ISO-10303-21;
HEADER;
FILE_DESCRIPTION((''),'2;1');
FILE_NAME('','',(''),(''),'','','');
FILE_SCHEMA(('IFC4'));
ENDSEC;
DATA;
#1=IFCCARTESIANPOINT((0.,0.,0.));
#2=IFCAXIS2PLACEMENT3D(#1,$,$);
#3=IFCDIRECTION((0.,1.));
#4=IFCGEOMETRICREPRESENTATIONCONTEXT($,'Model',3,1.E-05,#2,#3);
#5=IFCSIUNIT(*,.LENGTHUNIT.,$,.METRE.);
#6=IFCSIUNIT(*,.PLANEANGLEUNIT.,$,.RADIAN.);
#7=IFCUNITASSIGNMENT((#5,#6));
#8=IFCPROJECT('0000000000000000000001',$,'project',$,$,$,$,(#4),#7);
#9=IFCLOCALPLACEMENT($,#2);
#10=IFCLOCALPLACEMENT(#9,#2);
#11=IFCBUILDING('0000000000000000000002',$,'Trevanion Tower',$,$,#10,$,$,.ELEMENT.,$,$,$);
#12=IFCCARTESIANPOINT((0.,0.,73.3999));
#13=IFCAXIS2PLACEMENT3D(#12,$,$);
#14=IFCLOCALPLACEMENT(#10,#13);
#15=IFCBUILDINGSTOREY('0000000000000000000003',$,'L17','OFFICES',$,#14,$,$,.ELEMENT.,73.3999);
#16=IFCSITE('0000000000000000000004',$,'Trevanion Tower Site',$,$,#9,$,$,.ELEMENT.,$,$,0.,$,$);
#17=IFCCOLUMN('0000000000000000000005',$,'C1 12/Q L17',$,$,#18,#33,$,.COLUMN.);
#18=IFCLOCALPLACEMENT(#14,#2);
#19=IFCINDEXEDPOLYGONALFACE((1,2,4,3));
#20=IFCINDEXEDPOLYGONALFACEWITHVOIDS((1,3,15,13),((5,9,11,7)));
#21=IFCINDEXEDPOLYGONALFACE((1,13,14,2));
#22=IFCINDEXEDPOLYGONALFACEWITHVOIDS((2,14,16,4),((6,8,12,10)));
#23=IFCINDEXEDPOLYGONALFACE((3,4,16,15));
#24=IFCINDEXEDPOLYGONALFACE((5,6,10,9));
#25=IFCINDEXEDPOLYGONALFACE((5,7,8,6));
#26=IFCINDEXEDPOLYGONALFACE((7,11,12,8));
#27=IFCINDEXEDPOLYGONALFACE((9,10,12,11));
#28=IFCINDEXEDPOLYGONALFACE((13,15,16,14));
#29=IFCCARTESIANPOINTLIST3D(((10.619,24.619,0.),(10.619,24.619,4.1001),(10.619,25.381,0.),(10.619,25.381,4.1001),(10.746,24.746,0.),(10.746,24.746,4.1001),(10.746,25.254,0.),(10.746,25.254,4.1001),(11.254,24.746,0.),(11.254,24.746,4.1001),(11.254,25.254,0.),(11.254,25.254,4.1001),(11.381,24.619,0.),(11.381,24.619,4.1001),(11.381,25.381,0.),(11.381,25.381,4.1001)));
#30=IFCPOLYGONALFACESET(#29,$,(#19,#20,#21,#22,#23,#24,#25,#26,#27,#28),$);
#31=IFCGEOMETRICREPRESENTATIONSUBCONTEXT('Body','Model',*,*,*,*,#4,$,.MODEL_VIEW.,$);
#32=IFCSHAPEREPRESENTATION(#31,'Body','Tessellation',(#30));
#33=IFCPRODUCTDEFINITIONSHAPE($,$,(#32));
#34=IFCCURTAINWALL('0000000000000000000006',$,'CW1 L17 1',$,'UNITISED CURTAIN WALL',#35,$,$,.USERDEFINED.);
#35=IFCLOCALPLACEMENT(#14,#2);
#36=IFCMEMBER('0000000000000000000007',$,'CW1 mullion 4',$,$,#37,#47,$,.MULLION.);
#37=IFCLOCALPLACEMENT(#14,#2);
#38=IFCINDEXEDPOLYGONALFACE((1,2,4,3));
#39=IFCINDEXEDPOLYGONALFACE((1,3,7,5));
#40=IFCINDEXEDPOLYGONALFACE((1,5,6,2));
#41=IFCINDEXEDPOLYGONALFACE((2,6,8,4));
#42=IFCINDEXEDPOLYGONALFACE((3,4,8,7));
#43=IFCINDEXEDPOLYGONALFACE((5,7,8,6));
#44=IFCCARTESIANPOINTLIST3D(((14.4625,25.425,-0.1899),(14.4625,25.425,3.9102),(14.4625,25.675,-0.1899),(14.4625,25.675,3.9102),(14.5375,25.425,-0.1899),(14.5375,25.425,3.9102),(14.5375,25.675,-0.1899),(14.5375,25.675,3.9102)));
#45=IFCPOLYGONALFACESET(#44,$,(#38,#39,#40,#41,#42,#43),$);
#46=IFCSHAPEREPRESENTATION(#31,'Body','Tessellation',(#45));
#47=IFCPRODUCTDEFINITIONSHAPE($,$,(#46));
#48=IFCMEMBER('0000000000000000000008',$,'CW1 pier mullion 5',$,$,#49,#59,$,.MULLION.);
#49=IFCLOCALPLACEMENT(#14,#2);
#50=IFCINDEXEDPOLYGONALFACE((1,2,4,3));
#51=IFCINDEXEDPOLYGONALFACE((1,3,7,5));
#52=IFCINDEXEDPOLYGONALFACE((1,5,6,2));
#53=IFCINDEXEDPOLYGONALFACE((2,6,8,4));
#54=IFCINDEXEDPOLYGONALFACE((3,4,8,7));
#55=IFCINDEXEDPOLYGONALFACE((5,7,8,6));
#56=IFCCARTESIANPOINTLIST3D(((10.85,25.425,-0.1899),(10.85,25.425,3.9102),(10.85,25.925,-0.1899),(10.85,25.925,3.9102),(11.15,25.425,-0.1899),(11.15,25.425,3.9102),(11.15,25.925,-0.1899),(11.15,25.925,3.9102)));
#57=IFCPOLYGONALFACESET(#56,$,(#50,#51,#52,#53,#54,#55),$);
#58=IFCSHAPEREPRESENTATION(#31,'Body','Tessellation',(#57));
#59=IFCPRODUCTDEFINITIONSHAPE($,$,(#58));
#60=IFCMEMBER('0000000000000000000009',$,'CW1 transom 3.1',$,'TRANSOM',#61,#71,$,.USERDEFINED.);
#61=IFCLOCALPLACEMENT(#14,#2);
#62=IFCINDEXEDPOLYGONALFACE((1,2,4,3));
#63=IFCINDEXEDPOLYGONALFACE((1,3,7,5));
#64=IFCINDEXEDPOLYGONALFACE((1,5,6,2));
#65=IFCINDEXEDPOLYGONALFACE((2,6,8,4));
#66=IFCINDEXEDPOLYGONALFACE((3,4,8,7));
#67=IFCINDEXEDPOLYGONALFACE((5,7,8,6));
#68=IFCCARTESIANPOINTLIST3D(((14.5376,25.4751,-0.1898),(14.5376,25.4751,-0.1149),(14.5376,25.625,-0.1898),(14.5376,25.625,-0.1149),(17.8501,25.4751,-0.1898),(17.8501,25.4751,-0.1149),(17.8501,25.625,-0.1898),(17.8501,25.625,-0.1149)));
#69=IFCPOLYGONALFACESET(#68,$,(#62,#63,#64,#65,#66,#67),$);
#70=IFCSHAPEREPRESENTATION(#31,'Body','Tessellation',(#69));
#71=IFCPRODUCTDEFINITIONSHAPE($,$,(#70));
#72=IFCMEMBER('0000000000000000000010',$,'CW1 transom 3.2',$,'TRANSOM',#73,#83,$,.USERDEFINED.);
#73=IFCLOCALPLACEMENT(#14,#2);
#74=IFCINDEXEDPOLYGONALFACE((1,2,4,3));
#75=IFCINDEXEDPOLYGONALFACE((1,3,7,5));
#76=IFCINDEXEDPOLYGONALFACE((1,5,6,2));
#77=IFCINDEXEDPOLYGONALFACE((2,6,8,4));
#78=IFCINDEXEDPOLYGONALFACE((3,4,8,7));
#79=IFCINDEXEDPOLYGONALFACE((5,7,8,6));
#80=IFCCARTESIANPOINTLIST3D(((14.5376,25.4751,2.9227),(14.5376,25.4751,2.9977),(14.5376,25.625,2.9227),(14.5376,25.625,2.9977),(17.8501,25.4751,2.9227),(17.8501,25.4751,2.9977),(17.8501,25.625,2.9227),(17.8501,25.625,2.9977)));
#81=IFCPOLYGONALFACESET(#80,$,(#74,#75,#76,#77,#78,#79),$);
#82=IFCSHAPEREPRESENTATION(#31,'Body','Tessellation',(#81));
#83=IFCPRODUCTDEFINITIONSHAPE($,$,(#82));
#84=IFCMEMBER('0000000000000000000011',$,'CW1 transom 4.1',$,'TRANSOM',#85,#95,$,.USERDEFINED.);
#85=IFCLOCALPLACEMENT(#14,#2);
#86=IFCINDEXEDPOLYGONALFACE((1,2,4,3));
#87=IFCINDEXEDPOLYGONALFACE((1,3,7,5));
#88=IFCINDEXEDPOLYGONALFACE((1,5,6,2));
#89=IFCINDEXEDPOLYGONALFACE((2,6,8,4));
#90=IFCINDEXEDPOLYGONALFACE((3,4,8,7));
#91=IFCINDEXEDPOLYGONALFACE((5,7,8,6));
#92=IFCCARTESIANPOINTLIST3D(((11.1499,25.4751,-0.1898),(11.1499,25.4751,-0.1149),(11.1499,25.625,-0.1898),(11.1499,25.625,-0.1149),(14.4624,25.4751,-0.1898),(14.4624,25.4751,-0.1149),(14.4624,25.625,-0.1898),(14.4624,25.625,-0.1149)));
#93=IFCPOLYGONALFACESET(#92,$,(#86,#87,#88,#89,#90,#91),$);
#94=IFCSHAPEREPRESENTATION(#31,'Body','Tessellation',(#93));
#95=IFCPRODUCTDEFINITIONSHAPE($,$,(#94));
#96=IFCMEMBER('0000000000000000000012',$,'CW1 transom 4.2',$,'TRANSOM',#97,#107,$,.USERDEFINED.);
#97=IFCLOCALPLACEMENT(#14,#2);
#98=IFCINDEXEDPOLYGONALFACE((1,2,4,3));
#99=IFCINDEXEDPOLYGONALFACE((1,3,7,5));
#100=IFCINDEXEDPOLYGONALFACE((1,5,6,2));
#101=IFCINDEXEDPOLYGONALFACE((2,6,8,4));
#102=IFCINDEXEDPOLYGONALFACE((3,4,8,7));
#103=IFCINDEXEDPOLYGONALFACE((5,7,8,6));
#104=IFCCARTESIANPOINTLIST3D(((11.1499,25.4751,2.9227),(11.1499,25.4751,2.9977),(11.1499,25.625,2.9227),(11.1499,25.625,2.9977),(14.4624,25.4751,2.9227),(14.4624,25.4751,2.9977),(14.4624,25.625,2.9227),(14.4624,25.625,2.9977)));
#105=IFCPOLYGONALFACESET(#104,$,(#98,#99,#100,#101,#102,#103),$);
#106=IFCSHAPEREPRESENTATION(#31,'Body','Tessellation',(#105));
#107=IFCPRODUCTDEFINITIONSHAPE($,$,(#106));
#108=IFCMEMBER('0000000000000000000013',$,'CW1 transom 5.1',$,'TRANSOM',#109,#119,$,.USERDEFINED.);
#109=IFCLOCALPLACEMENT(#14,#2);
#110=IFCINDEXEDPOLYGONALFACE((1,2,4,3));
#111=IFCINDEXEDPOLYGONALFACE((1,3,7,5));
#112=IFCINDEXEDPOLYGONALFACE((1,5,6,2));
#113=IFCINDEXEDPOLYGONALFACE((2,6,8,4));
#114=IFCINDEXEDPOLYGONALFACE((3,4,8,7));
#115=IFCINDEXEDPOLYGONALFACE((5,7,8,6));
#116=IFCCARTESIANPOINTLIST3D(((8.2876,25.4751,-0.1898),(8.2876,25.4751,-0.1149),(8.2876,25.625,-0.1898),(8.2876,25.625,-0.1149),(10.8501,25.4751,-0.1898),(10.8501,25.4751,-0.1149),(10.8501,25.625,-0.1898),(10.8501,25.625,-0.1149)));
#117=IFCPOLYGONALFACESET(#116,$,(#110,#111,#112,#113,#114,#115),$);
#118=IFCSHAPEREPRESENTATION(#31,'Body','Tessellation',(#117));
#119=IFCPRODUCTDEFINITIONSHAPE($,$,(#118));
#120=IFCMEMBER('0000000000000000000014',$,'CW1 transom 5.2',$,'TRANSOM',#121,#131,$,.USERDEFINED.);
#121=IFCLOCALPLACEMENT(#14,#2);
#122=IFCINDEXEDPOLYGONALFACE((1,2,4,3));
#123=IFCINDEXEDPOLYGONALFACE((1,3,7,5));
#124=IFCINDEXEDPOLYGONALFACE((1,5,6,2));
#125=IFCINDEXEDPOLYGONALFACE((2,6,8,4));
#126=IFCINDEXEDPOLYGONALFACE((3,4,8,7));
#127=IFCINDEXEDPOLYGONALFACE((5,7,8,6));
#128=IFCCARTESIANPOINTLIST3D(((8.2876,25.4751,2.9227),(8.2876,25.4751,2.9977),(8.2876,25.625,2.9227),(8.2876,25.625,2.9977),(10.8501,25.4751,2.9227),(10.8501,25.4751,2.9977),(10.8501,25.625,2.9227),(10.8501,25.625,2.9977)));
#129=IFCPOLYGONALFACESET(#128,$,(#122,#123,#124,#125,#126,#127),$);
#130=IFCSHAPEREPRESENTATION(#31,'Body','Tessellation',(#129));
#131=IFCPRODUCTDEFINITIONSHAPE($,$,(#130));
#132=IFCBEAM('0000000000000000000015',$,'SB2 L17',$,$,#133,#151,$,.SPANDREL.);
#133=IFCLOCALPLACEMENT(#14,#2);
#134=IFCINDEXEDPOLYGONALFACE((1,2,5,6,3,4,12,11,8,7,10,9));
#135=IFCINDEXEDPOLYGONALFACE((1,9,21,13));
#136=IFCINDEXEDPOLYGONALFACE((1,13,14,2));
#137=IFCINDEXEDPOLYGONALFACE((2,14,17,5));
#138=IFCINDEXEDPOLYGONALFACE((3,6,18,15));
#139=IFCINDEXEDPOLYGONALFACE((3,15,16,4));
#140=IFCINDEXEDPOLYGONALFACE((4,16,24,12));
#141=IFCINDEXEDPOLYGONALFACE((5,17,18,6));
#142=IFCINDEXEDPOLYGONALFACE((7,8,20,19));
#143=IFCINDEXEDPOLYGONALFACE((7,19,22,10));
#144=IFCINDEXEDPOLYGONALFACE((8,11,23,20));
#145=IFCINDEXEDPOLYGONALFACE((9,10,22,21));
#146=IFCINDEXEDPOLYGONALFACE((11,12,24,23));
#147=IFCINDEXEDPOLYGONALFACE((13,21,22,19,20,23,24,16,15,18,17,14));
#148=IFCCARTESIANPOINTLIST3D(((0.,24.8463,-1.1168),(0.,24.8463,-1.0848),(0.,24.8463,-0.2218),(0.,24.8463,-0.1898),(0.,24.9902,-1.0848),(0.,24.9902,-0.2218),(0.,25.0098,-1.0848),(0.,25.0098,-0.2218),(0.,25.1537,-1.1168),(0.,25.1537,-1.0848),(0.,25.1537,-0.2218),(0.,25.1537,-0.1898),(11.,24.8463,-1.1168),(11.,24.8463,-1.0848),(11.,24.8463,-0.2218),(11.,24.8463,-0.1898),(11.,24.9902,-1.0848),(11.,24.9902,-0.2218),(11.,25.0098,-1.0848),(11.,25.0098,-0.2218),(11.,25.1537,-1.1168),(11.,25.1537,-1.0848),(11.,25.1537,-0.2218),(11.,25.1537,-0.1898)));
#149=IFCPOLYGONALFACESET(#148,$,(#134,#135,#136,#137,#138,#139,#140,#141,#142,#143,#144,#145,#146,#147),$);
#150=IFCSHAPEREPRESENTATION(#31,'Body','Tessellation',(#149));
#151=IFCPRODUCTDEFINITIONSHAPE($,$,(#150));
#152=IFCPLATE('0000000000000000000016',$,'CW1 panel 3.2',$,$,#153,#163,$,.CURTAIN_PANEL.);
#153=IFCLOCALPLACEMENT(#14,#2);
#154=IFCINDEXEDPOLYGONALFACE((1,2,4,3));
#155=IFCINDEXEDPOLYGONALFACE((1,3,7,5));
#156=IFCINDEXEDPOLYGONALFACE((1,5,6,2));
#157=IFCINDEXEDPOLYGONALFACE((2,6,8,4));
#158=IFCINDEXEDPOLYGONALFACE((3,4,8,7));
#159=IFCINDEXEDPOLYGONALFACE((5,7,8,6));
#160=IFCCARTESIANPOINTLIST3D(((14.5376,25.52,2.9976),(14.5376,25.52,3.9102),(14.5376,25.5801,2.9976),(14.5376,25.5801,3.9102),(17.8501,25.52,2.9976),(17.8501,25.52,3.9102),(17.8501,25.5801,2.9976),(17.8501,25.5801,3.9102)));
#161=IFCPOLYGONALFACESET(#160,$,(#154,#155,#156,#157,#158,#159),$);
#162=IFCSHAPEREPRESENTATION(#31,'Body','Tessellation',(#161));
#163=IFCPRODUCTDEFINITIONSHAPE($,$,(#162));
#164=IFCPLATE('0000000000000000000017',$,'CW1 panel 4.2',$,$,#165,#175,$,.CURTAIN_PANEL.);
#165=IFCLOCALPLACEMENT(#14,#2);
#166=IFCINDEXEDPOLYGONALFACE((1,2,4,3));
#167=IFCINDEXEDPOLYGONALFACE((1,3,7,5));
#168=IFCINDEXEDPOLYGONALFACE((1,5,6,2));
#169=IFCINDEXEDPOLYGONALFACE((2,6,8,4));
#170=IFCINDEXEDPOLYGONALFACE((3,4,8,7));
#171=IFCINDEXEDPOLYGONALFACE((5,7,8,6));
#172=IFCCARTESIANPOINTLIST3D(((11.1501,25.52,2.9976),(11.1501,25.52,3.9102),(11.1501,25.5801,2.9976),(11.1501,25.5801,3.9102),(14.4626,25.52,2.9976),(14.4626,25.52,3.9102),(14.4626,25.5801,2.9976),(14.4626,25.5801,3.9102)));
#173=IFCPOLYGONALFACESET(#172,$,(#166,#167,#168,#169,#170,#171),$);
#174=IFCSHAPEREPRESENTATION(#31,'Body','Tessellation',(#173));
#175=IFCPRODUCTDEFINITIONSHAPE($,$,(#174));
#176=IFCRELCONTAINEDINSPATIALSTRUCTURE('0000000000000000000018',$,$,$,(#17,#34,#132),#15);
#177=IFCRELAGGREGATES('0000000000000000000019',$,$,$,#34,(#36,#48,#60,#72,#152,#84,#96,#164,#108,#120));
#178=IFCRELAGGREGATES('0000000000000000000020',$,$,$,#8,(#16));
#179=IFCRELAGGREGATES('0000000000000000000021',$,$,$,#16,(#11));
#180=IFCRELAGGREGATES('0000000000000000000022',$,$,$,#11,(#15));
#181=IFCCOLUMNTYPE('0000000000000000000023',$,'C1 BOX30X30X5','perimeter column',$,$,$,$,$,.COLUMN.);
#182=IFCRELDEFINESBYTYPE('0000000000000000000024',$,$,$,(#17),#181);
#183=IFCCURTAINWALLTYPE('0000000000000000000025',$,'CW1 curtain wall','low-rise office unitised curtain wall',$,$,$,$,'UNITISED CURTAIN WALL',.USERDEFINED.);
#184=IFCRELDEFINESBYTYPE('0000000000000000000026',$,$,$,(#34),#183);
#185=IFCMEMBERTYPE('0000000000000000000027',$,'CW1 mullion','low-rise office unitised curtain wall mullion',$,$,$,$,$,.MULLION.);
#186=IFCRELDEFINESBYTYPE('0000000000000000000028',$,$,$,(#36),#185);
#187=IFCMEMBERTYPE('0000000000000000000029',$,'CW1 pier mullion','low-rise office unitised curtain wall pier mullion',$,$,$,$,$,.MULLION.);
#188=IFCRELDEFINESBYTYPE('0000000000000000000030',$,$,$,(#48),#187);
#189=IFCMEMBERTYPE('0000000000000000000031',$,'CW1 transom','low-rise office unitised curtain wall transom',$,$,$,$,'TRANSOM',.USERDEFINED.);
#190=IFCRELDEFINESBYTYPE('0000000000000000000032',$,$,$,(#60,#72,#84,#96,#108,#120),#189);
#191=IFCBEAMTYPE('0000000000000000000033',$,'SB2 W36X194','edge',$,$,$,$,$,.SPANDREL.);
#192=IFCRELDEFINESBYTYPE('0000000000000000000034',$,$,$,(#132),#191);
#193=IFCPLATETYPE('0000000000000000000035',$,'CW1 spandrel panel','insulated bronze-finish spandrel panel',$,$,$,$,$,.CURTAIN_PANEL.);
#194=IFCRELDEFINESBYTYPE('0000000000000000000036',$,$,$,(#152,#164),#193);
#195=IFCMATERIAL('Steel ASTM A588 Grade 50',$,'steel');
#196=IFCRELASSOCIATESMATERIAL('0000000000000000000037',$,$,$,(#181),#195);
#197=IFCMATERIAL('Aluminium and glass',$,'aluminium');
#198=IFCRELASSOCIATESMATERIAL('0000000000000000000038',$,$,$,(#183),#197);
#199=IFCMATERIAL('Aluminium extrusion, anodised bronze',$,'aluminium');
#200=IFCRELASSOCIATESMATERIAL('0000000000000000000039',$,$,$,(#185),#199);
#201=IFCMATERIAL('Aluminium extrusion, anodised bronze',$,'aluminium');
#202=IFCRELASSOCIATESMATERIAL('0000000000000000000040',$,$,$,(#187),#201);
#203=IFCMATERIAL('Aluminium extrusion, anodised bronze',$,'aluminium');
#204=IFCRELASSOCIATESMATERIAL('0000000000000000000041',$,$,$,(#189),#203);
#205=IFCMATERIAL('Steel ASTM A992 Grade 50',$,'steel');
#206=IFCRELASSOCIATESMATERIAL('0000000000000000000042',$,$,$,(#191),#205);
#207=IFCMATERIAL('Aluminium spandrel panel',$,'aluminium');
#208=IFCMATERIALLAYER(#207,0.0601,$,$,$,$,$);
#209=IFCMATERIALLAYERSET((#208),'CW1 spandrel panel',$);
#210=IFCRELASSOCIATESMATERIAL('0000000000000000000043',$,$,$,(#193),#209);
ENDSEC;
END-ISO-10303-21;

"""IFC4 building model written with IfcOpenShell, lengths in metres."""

from ifc_helpers import new_model, si_unit, direction, frame, origin, origin_2d, place, context, subcontext, project, spatial, rectangle, hollow_rectangle, i_section, extrude, material, layer, layer_set, material_profile, profile_set, type_object, element, aggregate, save


model = new_model("IFC4")

# Units and contexts
model_context = context("Model", 3, precision=1e-05, world=origin(), true_north=direction((0.0, 1.0)))
body_context = subcontext(model_context, "Body", "Model", "MODEL_VIEW")
ifc_project = project(units=[si_unit("LENGTHUNIT", "METRE"), si_unit("PLANEANGLEUNIT", "RADIAN")], contexts=[model_context])

# Site, building, storey
site_placement = place(None, origin())
site = spatial("IfcSite", under=ifc_project, at=site_placement, Name="Trevanion Tower Site", CompositionType="ELEMENT", RefElevation=0.0)
building_placement = place(site_placement, origin())
building = spatial("IfcBuilding", under=site, at=building_placement, Name="Trevanion Tower", CompositionType="ELEMENT")
storey_placement = place(building_placement, frame((0.0, 0.0, 73.3999)))
storey = spatial("IfcBuildingStorey", under=building, at=storey_placement, Name="L17", Description="OFFICES", CompositionType="ELEMENT", Elevation=73.3999)

# Column
ifc_material_1 = material(Name="Steel ASTM A588 Grade 50", Category="steel")
ifc_material_profile_1 = material_profile(ifc_material_1, hollow_rectangle(XDim=0.762, YDim=0.762, WallThickness=0.127, at=origin_2d()), Name="BOX30X30X5")
ifc_profile_set_1 = profile_set([ifc_material_profile_1], Name="Steel ASTM A588 Grade 50")
column_type = type_object("IfcColumnType", Name="C1 BOX30X30X5", Description="perimeter column", PredefinedType="COLUMN", material=ifc_profile_set_1)
column_placement = place(storey_placement, frame((11.0, 25.0, 0.0), z_axis=(0.0, 0.0, 1.0), x_axis=(1.0, 0.0, 0.0)))
element("IfcColumn", 1, at=column_placement, inside=storey, type_object=column_type, Name="C1 12/Q L17", PredefinedType="COLUMN", context=body_context, shape_type="SweptSolid", body=[
    extrude(hollow_rectangle(XDim=0.762, YDim=0.762, WallThickness=0.127, at=origin_2d()), origin(), (0.0, 0.0, 1.0), 4.1001),
])

# Curtain wall, members
ifc_material_2 = material(Name="Aluminium and glass", Category="aluminium")
curtain_wall_type = type_object("IfcCurtainWallType", Name="CW1 curtain wall", Description="low-rise office unitised curtain wall", ElementType="UNITISED CURTAIN WALL", PredefinedType="USERDEFINED", material=ifc_material_2)
curtain_wall_placement = place(storey_placement, origin())
curtain_wall = element("IfcCurtainWall", 2, at=curtain_wall_placement, inside=storey, type_object=curtain_wall_type, Name="CW1 L17 1", ObjectType="UNITISED CURTAIN WALL", PredefinedType="USERDEFINED")
ifc_material_3 = material(Name="Aluminium extrusion, anodised bronze", Category="aluminium")
ifc_material_profile_2 = material_profile(ifc_material_3, rectangle(XDim=0.075, YDim=0.25, at=origin_2d()), Name="CW1 mullion")
ifc_profile_set_2 = profile_set([ifc_material_profile_2], Name="Aluminium extrusion, anodised bronze")
member_type_1 = type_object("IfcMemberType", Name="CW1 mullion", Description="low-rise office unitised curtain wall mullion", PredefinedType="MULLION", material=ifc_profile_set_2)
member_1_placement = place(storey_placement, frame((14.5, 25.55, -0.1899), z_axis=(0.0, 0.0, 1.0), x_axis=(-1.0, 0.0, 0.0)))
member_1 = element("IfcMember", 3, at=member_1_placement, type_object=member_type_1, Name="CW1 mullion 4", PredefinedType="MULLION", context=body_context, shape_type="SweptSolid", body=[
    extrude(rectangle(XDim=0.075, YDim=0.25, at=origin_2d()), origin(), (0.0, 0.0, 1.0), 4.1001),
])
ifc_material_4 = material(Name="Aluminium extrusion, anodised bronze", Category="aluminium")
ifc_material_profile_3 = material_profile(ifc_material_4, rectangle(XDim=0.3, YDim=0.5, at=origin_2d()), Name="CW1 pier mullion")
ifc_profile_set_3 = profile_set([ifc_material_profile_3], Name="Aluminium extrusion, anodised bronze")
member_type_2 = type_object("IfcMemberType", Name="CW1 pier mullion", Description="low-rise office unitised curtain wall pier mullion", PredefinedType="MULLION", material=ifc_profile_set_3)
member_2_placement = place(storey_placement, frame((11.0, 25.675, -0.1899), z_axis=(0.0, 0.0, 1.0), x_axis=(-1.0, 0.0, 0.0)))
member_2 = element("IfcMember", 4, at=member_2_placement, type_object=member_type_2, Name="CW1 pier mullion 5", PredefinedType="MULLION", context=body_context, shape_type="SweptSolid", body=[
    extrude(rectangle(XDim=0.3, YDim=0.5, at=origin_2d()), origin(), (0.0, 0.0, 1.0), 4.1001),
])
ifc_material_5 = material(Name="Aluminium extrusion, anodised bronze", Category="aluminium")
ifc_material_profile_4 = material_profile(ifc_material_5, rectangle(XDim=0.1499, YDim=0.075, at=origin_2d()), Name="CW1 transom")
ifc_profile_set_4 = profile_set([ifc_material_profile_4], Name="Aluminium extrusion, anodised bronze")
member_type_3 = type_object("IfcMemberType", Name="CW1 transom", Description="low-rise office unitised curtain wall transom", ElementType="TRANSOM", PredefinedType="USERDEFINED", material=ifc_profile_set_4)
member_3_placement = place(storey_placement, frame((17.8501, 25.55, -0.1523), z_axis=(-1.0, 0.0, 0.0), x_axis=(0.0, -1.0, 0.0)))
member_3 = element("IfcMember", 5, at=member_3_placement, type_object=member_type_3, Name="CW1 transom 3.1", ObjectType="TRANSOM", PredefinedType="USERDEFINED", context=body_context, shape_type="SweptSolid", body=[
    extrude(rectangle(XDim=0.1499, YDim=0.075, at=origin_2d()), origin(), (0.0, 0.0, 1.0), 3.3125),
])
member_4_placement = place(storey_placement, frame((17.8501, 25.55, 2.9602), z_axis=(-1.0, 0.0, 0.0), x_axis=(0.0, -1.0, 0.0)))
member_4 = element("IfcMember", 6, at=member_4_placement, type_object=member_type_3, Name="CW1 transom 3.2", ObjectType="TRANSOM", PredefinedType="USERDEFINED", context=body_context, shape_type="SweptSolid", body=[
    extrude(rectangle(XDim=0.1499, YDim=0.075, at=origin_2d()), origin(), (0.0, 0.0, 1.0), 3.3125),
])
member_5_placement = place(storey_placement, frame((14.4624, 25.55, -0.1523), z_axis=(-1.0, 0.0, 0.0), x_axis=(0.0, -1.0, 0.0)))
member_5 = element("IfcMember", 7, at=member_5_placement, type_object=member_type_3, Name="CW1 transom 4.1", ObjectType="TRANSOM", PredefinedType="USERDEFINED", context=body_context, shape_type="SweptSolid", body=[
    extrude(rectangle(XDim=0.1499, YDim=0.075, at=origin_2d()), origin(), (0.0, 0.0, 1.0), 3.3125),
])
member_6_placement = place(storey_placement, frame((14.4624, 25.55, 2.9602), z_axis=(-1.0, 0.0, 0.0), x_axis=(0.0, -1.0, 0.0)))
member_6 = element("IfcMember", 8, at=member_6_placement, type_object=member_type_3, Name="CW1 transom 4.2", ObjectType="TRANSOM", PredefinedType="USERDEFINED", context=body_context, shape_type="SweptSolid", body=[
    extrude(rectangle(XDim=0.1499, YDim=0.075, at=origin_2d()), origin(), (0.0, 0.0, 1.0), 3.3125),
])
member_7_placement = place(storey_placement, frame((10.8501, 25.55, -0.1523), z_axis=(-1.0, 0.0, 0.0), x_axis=(0.0, -1.0, 0.0)))
member_7 = element("IfcMember", 9, at=member_7_placement, type_object=member_type_3, Name="CW1 transom 5.1", ObjectType="TRANSOM", PredefinedType="USERDEFINED", context=body_context, shape_type="SweptSolid", body=[
    extrude(rectangle(XDim=0.1499, YDim=0.075, at=origin_2d()), origin(), (0.0, 0.0, 1.0), 2.5625),
])
member_8_placement = place(storey_placement, frame((10.8501, 25.55, 2.9602), z_axis=(-1.0, 0.0, 0.0), x_axis=(0.0, -1.0, 0.0)))
member_8 = element("IfcMember", 10, at=member_8_placement, type_object=member_type_3, Name="CW1 transom 5.2", ObjectType="TRANSOM", PredefinedType="USERDEFINED", context=body_context, shape_type="SweptSolid", body=[
    extrude(rectangle(XDim=0.1499, YDim=0.075, at=origin_2d()), origin(), (0.0, 0.0, 1.0), 2.5625),
])

# Beam
ifc_material_6 = material(Name="Steel ASTM A992 Grade 50", Category="steel")
ifc_material_profile_5 = material_profile(ifc_material_6, i_section(OverallWidth=0.3074, OverallDepth=0.927, WebThickness=0.0195, FlangeThickness=0.032, at=origin_2d()), Name="W36X194")
ifc_profile_set_5 = profile_set([ifc_material_profile_5], Name="Steel ASTM A992 Grade 50")
beam_type = type_object("IfcBeamType", Name="SB2 W36X194", Description="edge", PredefinedType="SPANDREL", material=ifc_profile_set_5)
beam_placement = place(storey_placement, frame((11.0, 25.0, -0.6533), z_axis=(-1.0, 0.0, 0.0), x_axis=(0.0, -1.0, 0.0)))
element("IfcBeam", 11, at=beam_placement, inside=storey, type_object=beam_type, Name="SB2 L17", PredefinedType="SPANDREL", context=body_context, shape_type="SweptSolid", body=[
    extrude(i_section(OverallWidth=0.3074, OverallDepth=0.927, WebThickness=0.0195, FlangeThickness=0.032, at=origin_2d()), origin(), (0.0, 0.0, 1.0), 11.0),
])

# Plates
ifc_material_7 = material(Name="Aluminium spandrel panel", Category="aluminium")
ifc_layer_1 = layer(ifc_material_7, 0.0601)
ifc_layer_set_1 = layer_set([ifc_layer_1], Name="CW1 spandrel panel")
plate_type_1 = type_object("IfcPlateType", Name="CW1 spandrel panel", Description="insulated bronze-finish spandrel panel", PredefinedType="CURTAIN_PANEL", material=ifc_layer_set_1)
plate_1_placement = place(storey_placement, frame((16.1938, 25.55, 2.9976), z_axis=(0.0, 0.0, 1.0), x_axis=(-1.0, 0.0, 0.0)))
plate_1 = element("IfcPlate", 12, at=plate_1_placement, type_object=plate_type_1, Name="CW1 panel 3.2", PredefinedType="CURTAIN_PANEL", context=body_context, shape_type="SweptSolid", body=[
    extrude(rectangle(XDim=3.3125, YDim=0.0601, at=origin_2d()), origin(), (0.0, 0.0, 1.0), 0.9126),
])
plate_2_placement = place(storey_placement, frame((12.8064, 25.55, 2.9976), z_axis=(0.0, 0.0, 1.0), x_axis=(-1.0, 0.0, 0.0)))
plate_2 = element("IfcPlate", 13, at=plate_2_placement, type_object=plate_type_1, Name="CW1 panel 4.2", PredefinedType="CURTAIN_PANEL", context=body_context, shape_type="SweptSolid", body=[
    extrude(rectangle(XDim=3.3125, YDim=0.0601, at=origin_2d()), origin(), (0.0, 0.0, 1.0), 0.9126),
])
aggregate(curtain_wall, [member_1, member_2, member_3, member_4, plate_1, member_5, member_6, plate_2, member_7, member_8])

save(model, "model.ifc")
